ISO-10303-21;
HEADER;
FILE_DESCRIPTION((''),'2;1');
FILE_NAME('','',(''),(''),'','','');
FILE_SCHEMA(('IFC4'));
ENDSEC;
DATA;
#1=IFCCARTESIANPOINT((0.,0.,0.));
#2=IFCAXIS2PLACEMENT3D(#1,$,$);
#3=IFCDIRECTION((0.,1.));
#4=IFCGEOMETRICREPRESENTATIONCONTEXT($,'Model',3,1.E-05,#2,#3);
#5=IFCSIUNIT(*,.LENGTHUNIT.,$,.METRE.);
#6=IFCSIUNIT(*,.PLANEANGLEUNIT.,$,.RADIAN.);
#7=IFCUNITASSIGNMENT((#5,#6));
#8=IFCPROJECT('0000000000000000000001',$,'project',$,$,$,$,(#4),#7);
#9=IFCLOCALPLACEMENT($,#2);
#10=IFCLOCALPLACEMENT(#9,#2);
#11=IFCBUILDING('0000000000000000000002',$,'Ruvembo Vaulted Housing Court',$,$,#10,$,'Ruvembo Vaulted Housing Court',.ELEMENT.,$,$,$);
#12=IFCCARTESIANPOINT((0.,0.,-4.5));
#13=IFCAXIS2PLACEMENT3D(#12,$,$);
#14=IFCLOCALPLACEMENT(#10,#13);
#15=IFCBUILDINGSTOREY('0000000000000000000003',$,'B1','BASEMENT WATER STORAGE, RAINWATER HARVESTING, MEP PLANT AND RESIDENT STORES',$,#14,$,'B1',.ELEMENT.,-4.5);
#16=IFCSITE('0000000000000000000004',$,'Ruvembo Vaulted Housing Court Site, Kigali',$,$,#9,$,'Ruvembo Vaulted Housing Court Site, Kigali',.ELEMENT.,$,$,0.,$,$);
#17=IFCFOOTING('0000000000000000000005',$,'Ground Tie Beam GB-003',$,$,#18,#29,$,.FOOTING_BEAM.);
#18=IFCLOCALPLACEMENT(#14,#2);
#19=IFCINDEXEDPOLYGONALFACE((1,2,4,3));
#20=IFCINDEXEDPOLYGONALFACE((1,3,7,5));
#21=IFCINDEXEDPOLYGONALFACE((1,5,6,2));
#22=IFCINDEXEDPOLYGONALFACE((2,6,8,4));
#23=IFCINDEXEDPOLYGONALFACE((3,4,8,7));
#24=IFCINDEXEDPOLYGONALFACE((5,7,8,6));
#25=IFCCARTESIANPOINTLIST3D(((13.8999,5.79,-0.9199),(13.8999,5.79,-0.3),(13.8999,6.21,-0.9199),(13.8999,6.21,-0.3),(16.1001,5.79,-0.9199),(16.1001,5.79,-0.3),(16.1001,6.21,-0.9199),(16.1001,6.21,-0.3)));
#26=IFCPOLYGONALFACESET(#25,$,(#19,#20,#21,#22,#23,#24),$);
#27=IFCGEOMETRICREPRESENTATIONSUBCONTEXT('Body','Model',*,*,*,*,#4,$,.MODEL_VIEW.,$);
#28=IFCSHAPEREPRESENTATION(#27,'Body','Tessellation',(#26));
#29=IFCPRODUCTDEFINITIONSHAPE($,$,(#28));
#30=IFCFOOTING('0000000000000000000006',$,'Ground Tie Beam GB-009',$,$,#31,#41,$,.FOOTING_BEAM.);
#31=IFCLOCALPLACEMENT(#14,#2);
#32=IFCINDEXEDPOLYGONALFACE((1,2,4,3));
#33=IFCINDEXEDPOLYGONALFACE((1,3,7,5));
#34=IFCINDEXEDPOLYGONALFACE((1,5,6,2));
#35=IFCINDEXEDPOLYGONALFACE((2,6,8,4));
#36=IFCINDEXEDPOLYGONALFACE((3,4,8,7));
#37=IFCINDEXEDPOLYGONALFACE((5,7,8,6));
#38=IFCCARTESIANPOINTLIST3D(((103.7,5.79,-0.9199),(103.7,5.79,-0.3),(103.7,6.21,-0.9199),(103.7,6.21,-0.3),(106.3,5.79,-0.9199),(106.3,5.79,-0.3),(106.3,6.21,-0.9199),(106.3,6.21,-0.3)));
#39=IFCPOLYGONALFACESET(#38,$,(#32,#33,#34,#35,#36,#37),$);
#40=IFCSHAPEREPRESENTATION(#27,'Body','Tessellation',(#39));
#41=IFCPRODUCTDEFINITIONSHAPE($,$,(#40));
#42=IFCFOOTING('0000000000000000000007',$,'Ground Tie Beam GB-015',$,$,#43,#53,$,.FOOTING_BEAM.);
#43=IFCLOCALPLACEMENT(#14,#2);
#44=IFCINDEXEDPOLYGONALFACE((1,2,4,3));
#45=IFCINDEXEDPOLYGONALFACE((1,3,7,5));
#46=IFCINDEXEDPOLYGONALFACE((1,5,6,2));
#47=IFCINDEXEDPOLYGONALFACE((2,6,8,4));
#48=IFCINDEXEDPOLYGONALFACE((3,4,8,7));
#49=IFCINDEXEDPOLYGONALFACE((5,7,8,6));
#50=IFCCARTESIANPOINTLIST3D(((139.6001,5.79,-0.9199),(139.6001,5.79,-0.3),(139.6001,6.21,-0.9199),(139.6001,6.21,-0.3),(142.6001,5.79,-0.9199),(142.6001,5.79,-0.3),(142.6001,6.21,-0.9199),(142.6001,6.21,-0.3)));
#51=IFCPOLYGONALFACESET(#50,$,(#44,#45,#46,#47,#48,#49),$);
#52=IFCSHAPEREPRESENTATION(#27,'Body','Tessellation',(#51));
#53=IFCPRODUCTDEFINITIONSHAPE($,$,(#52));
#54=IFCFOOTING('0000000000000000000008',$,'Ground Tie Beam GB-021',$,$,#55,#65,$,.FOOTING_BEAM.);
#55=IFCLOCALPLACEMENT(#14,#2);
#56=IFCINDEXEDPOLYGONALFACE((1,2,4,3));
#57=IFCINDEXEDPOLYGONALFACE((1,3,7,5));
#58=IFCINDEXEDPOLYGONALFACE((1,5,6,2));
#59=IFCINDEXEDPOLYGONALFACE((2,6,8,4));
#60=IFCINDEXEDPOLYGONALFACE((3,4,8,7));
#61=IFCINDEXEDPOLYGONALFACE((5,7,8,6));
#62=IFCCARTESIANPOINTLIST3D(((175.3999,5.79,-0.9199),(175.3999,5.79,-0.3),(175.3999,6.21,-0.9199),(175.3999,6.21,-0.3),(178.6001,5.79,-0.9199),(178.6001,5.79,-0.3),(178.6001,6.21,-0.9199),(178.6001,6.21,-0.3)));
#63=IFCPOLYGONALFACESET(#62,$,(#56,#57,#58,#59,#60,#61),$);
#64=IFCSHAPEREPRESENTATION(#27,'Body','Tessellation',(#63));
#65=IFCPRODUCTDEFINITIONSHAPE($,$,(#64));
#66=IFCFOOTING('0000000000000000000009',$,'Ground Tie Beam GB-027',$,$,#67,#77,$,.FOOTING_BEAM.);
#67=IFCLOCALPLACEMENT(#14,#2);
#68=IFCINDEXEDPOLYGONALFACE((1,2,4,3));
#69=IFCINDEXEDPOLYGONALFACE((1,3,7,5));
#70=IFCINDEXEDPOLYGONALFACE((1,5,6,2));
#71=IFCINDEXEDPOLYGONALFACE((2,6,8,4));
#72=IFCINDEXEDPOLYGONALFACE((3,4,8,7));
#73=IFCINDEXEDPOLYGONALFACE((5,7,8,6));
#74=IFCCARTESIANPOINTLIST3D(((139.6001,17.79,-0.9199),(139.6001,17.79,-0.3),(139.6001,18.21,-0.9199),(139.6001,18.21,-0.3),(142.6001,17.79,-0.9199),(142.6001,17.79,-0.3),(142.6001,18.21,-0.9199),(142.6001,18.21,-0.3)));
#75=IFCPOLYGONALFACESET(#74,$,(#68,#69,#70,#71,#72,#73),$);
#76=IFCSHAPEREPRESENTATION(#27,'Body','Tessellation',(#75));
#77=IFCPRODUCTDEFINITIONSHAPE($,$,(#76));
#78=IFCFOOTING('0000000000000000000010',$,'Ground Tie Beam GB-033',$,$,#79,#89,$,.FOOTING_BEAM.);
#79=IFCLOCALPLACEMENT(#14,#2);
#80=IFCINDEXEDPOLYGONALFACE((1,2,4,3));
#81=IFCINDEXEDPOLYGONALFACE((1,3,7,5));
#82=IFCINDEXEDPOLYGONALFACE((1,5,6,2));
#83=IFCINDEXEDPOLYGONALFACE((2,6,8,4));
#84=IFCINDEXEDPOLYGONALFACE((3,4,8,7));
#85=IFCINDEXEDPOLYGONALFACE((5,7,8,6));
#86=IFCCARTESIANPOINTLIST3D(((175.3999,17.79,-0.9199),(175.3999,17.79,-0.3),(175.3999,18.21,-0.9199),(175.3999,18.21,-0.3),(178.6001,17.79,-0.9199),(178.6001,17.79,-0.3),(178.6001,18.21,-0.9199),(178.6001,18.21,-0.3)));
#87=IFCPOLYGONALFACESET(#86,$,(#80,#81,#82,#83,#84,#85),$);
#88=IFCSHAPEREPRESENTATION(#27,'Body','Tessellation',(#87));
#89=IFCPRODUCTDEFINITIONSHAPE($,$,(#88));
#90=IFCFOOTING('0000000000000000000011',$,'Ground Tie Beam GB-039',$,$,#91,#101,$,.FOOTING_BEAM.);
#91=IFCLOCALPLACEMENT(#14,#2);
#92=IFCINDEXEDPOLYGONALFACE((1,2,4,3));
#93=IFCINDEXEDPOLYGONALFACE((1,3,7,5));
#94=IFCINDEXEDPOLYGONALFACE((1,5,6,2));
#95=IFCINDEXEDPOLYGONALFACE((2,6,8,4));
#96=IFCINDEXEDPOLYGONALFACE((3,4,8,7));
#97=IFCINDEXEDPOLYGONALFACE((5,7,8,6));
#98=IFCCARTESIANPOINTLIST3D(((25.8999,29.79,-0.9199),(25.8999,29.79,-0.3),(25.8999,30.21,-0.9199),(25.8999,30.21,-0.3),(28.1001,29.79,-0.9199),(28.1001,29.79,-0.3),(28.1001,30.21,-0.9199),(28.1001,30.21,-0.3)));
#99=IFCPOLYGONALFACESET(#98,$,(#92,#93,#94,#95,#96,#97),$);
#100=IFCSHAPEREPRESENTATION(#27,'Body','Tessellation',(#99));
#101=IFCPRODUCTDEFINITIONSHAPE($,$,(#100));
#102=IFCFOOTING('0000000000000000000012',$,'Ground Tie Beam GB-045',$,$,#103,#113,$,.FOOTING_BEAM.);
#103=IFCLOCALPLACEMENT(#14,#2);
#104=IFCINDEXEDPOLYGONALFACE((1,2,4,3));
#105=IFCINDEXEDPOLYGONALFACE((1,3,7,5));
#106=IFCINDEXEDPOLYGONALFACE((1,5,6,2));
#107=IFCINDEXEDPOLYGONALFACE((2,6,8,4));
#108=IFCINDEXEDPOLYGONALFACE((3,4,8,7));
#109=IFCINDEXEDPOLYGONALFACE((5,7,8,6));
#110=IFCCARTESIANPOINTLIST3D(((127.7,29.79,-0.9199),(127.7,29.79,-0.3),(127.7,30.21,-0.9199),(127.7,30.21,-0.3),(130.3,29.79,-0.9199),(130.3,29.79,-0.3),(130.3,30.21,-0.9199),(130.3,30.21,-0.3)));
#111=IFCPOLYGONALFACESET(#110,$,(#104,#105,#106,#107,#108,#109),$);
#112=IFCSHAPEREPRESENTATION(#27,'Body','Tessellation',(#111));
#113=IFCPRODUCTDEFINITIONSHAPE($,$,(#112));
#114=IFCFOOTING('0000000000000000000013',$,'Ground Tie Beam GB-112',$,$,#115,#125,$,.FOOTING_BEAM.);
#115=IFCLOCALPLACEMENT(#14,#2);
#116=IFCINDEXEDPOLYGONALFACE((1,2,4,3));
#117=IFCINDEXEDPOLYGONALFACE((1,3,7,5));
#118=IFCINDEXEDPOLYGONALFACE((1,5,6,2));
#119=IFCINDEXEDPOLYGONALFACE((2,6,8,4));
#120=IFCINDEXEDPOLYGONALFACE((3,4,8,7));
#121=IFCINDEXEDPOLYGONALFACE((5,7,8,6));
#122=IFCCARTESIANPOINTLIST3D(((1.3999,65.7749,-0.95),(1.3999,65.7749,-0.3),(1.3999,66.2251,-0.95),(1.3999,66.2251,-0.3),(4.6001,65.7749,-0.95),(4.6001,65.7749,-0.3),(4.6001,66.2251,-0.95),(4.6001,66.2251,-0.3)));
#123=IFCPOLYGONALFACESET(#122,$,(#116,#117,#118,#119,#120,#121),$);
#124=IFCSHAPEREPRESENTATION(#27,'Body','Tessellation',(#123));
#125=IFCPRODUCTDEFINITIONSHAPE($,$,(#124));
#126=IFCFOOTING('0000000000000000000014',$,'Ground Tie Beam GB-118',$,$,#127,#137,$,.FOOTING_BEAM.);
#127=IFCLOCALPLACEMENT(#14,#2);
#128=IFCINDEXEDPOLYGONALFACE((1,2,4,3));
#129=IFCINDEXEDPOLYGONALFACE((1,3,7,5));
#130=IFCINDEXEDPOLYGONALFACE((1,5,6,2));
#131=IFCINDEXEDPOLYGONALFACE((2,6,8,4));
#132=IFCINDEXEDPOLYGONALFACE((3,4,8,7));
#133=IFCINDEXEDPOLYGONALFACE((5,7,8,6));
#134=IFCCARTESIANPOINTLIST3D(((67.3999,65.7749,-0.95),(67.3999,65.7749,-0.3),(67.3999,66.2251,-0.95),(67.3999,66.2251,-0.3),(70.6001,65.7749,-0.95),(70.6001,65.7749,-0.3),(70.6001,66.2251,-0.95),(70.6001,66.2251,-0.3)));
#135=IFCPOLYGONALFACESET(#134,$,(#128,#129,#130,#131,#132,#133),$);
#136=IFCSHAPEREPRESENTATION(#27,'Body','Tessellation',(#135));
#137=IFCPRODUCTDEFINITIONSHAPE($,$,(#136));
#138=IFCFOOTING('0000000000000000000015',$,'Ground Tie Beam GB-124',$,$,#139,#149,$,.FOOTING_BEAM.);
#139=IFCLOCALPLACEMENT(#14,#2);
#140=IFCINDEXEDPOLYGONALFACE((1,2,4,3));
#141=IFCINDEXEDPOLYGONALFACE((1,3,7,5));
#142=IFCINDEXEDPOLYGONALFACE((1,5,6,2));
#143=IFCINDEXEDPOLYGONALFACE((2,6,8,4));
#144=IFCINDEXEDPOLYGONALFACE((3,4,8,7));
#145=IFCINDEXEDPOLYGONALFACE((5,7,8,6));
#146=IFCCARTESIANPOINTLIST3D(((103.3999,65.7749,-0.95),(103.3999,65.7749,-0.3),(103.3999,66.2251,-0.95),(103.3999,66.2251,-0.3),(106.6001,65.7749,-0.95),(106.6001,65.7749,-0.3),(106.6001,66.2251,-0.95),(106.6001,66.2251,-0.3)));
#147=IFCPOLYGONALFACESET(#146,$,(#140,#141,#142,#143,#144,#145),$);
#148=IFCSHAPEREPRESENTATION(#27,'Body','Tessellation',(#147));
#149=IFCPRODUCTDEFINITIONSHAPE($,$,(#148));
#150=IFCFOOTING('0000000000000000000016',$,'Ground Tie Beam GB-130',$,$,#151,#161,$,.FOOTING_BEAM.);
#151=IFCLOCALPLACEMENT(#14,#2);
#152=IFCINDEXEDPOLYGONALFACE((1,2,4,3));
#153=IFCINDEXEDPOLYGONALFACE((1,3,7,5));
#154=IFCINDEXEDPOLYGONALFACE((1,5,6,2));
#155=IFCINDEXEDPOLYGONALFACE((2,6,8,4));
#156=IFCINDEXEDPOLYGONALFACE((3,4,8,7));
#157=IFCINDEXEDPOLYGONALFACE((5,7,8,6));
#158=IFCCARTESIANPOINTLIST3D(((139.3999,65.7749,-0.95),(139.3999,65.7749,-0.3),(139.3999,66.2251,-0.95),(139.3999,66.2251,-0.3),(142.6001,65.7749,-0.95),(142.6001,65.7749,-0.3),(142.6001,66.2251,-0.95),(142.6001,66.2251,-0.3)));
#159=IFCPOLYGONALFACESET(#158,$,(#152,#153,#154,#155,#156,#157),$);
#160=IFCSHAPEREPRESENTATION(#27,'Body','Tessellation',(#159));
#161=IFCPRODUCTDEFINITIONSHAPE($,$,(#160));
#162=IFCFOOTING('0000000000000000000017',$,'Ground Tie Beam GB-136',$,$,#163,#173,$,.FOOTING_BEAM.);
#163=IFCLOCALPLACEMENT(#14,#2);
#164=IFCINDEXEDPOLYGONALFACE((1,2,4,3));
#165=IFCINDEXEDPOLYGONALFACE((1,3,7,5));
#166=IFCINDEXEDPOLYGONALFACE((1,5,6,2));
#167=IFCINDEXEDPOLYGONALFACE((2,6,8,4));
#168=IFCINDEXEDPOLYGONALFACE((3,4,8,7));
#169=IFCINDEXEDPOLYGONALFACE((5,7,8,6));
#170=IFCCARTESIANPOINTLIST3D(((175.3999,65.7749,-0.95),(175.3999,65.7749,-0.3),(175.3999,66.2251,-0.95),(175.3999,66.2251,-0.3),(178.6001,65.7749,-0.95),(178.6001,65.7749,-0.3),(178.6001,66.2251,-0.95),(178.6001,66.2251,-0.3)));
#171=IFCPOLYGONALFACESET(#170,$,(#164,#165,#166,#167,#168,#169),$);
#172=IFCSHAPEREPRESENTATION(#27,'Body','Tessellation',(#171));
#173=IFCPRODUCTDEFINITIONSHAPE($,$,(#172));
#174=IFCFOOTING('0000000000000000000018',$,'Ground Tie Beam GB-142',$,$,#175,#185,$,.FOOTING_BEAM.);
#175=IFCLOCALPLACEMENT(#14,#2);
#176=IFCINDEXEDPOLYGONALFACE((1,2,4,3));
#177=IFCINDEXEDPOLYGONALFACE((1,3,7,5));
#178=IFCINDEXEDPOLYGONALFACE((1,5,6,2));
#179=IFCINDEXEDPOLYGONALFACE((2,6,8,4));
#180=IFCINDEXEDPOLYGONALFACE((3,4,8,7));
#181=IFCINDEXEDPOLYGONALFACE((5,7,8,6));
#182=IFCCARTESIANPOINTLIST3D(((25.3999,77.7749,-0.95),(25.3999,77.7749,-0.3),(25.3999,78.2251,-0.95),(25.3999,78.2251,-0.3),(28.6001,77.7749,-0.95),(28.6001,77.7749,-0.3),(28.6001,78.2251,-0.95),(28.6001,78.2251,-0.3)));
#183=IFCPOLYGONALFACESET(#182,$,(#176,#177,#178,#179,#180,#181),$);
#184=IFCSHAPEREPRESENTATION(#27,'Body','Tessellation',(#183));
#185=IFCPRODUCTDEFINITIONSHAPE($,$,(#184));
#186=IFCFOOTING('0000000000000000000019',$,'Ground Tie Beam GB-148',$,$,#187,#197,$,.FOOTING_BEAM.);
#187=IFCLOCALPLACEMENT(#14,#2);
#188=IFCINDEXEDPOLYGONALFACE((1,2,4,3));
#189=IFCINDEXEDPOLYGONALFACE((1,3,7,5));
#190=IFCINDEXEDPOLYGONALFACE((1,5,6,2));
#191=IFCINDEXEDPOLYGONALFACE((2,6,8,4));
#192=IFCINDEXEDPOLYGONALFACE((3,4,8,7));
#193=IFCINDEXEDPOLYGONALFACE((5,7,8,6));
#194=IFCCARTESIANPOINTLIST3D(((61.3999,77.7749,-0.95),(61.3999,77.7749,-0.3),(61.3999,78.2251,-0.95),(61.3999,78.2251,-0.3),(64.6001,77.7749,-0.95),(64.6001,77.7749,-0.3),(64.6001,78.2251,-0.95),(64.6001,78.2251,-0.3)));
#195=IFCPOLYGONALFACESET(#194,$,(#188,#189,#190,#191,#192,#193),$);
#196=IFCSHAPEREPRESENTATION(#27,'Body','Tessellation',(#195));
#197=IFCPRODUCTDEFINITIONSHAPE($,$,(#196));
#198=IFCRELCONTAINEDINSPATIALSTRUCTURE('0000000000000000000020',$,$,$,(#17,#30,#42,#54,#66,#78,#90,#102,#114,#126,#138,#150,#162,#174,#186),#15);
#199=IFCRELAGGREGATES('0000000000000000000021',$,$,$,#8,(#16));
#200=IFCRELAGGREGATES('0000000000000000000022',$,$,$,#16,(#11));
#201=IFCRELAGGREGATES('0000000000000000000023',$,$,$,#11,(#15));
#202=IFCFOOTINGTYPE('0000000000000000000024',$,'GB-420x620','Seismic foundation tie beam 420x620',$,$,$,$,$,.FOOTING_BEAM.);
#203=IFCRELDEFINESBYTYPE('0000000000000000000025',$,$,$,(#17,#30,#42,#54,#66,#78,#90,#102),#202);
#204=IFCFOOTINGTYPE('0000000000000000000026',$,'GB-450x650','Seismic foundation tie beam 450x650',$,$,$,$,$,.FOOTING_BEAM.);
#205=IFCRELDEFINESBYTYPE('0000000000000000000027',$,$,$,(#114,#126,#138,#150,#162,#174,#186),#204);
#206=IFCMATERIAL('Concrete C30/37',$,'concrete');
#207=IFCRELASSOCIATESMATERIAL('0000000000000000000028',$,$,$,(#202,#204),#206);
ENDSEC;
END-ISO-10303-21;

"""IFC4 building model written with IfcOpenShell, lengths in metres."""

from ifc_helpers import new_model, si_unit, direction, frame, origin, place, context, subcontext, project, spatial, polyline, outline, extrude, material, type_object, element, save


model = new_model("IFC4")

# Units and contexts
model_context = context("Model", 3, precision=1e-05, world=origin(), true_north=direction((0.0, 1.0)))
body_context = subcontext(model_context, "Body", "Model", "MODEL_VIEW")
ifc_project = project(units=[si_unit("LENGTHUNIT", "METRE"), si_unit("PLANEANGLEUNIT", "RADIAN")], contexts=[model_context])

# Site, building, storey
site_placement = place(None, origin())
site = spatial("IfcSite", under=ifc_project, at=site_placement, Name="Ruvembo Vaulted Housing Court Site, Kigali", LongName="Ruvembo Vaulted Housing Court Site, Kigali", CompositionType="ELEMENT", RefElevation=0.0)
building_placement = place(site_placement, origin())
building = spatial("IfcBuilding", under=site, at=building_placement, Name="Ruvembo Vaulted Housing Court", LongName="Ruvembo Vaulted Housing Court", CompositionType="ELEMENT")
storey_placement = place(building_placement, frame((0.0, 0.0, -4.5)))
storey = spatial("IfcBuildingStorey", under=building, at=storey_placement, Name="B1", Description="BASEMENT WATER STORAGE, RAINWATER HARVESTING, MEP PLANT AND RESIDENT STORES", LongName="B1", CompositionType="ELEMENT", Elevation=-4.5)

# Footings
ifc_material = material(Name="Concrete C30/37", Category="concrete")
footing_type_1 = type_object("IfcFootingType", Name="GB-420x620", Description="Seismic foundation tie beam 420x620", PredefinedType="FOOTING_BEAM", material=ifc_material)
footing_1_placement = place(storey_placement, frame((0.0, 0.0, -0.9199)))
element("IfcFooting", 1, at=footing_1_placement, inside=storey, type_object=footing_type_1, Name="Ground Tie Beam GB-003", PredefinedType="FOOTING_BEAM", context=body_context, shape_type="SweptSolid", body=[
    extrude(outline(polyline([(13.8999, 5.79), (16.1001, 5.79), (16.1001, 6.21), (13.8999, 6.21), (13.8999, 5.79)])), origin(), (0.0, 0.0, 1.0), 0.6199),
])
footing_2_placement = place(storey_placement, frame((0.0, 0.0, -0.9199)))
element("IfcFooting", 2, at=footing_2_placement, inside=storey, type_object=footing_type_1, Name="Ground Tie Beam GB-009", PredefinedType="FOOTING_BEAM", context=body_context, shape_type="SweptSolid", body=[
    extrude(outline(polyline([(103.7, 5.79), (106.3, 5.79), (106.3, 6.21), (103.7, 6.21), (103.7, 5.79)])), origin(), (0.0, 0.0, 1.0), 0.6199),
])
footing_3_placement = place(storey_placement, frame((0.0, 0.0, -0.9199)))
element("IfcFooting", 3, at=footing_3_placement, inside=storey, type_object=footing_type_1, Name="Ground Tie Beam GB-015", PredefinedType="FOOTING_BEAM", context=body_context, shape_type="SweptSolid", body=[
    extrude(outline(polyline([(139.6001, 5.79), (142.6001, 5.79), (142.6001, 6.21), (139.6001, 6.21), (139.6001, 5.79)])), origin(), (0.0, 0.0, 1.0), 0.6199),
])
footing_4_placement = place(storey_placement, frame((0.0, 0.0, -0.9199)))
element("IfcFooting", 4, at=footing_4_placement, inside=storey, type_object=footing_type_1, Name="Ground Tie Beam GB-021", PredefinedType="FOOTING_BEAM", context=body_context, shape_type="SweptSolid", body=[
    extrude(outline(polyline([(175.3999, 5.79), (178.6001, 5.79), (178.6001, 6.21), (175.3999, 6.21), (175.3999, 5.79)])), origin(), (0.0, 0.0, 1.0), 0.6199),
])
footing_5_placement = place(storey_placement, frame((0.0, 0.0, -0.9199)))
element("IfcFooting", 5, at=footing_5_placement, inside=storey, type_object=footing_type_1, Name="Ground Tie Beam GB-027", PredefinedType="FOOTING_BEAM", context=body_context, shape_type="SweptSolid", body=[
    extrude(outline(polyline([(139.6001, 17.79), (142.6001, 17.79), (142.6001, 18.21), (139.6001, 18.21), (139.6001, 17.79)])), origin(), (0.0, 0.0, 1.0), 0.6199),
])
footing_6_placement = place(storey_placement, frame((0.0, 0.0, -0.9199)))
element("IfcFooting", 6, at=footing_6_placement, inside=storey, type_object=footing_type_1, Name="Ground Tie Beam GB-033", PredefinedType="FOOTING_BEAM", context=body_context, shape_type="SweptSolid", body=[
    extrude(outline(polyline([(175.3999, 17.79), (178.6001, 17.79), (178.6001, 18.21), (175.3999, 18.21), (175.3999, 17.79)])), origin(), (0.0, 0.0, 1.0), 0.6199),
])
footing_7_placement = place(storey_placement, frame((0.0, 0.0, -0.9199)))
element("IfcFooting", 7, at=footing_7_placement, inside=storey, type_object=footing_type_1, Name="Ground Tie Beam GB-039", PredefinedType="FOOTING_BEAM", context=body_context, shape_type="SweptSolid", body=[
    extrude(outline(polyline([(25.8999, 29.79), (28.1001, 29.79), (28.1001, 30.21), (25.8999, 30.21), (25.8999, 29.79)])), origin(), (0.0, 0.0, 1.0), 0.6199),
])
footing_8_placement = place(storey_placement, frame((0.0, 0.0, -0.9199)))
element("IfcFooting", 8, at=footing_8_placement, inside=storey, type_object=footing_type_1, Name="Ground Tie Beam GB-045", PredefinedType="FOOTING_BEAM", context=body_context, shape_type="SweptSolid", body=[
    extrude(outline(polyline([(127.7, 29.79), (130.3, 29.79), (130.3, 30.21), (127.7, 30.21), (127.7, 29.79)])), origin(), (0.0, 0.0, 1.0), 0.6199),
])
footing_type_2 = type_object("IfcFootingType", Name="GB-450x650", Description="Seismic foundation tie beam 450x650", PredefinedType="FOOTING_BEAM", material=ifc_material)
footing_9_placement = place(storey_placement, frame((0.0, 0.0, -0.95)))
element("IfcFooting", 9, at=footing_9_placement, inside=storey, type_object=footing_type_2, Name="Ground Tie Beam GB-112", PredefinedType="FOOTING_BEAM", context=body_context, shape_type="SweptSolid", body=[
    extrude(outline(polyline([(1.3999, 65.7749), (4.6001, 65.7749), (4.6001, 66.2251), (1.3999, 66.2251), (1.3999, 65.7749)])), origin(), (0.0, 0.0, 1.0), 0.6499),
])
footing_10_placement = place(storey_placement, frame((0.0, 0.0, -0.95)))
element("IfcFooting", 10, at=footing_10_placement, inside=storey, type_object=footing_type_2, Name="Ground Tie Beam GB-118", PredefinedType="FOOTING_BEAM", context=body_context, shape_type="SweptSolid", body=[
    extrude(outline(polyline([(67.3999, 65.7749), (70.6001, 65.7749), (70.6001, 66.2251), (67.3999, 66.2251), (67.3999, 65.7749)])), origin(), (0.0, 0.0, 1.0), 0.6499),
])
footing_11_placement = place(storey_placement, frame((0.0, 0.0, -0.95)))
element("IfcFooting", 11, at=footing_11_placement, inside=storey, type_object=footing_type_2, Name="Ground Tie Beam GB-124", PredefinedType="FOOTING_BEAM", context=body_context, shape_type="SweptSolid", body=[
    extrude(outline(polyline([(103.3999, 65.7749), (106.6001, 65.7749), (106.6001, 66.2251), (103.3999, 66.2251), (103.3999, 65.7749)])), origin(), (0.0, 0.0, 1.0), 0.6499),
])
footing_12_placement = place(storey_placement, frame((0.0, 0.0, -0.95)))
element("IfcFooting", 12, at=footing_12_placement, inside=storey, type_object=footing_type_2, Name="Ground Tie Beam GB-130", PredefinedType="FOOTING_BEAM", context=body_context, shape_type="SweptSolid", body=[
    extrude(outline(polyline([(139.3999, 65.7749), (142.6001, 65.7749), (142.6001, 66.2251), (139.3999, 66.2251), (139.3999, 65.7749)])), origin(), (0.0, 0.0, 1.0), 0.6499),
])
footing_13_placement = place(storey_placement, frame((0.0, 0.0, -0.95)))
element("IfcFooting", 13, at=footing_13_placement, inside=storey, type_object=footing_type_2, Name="Ground Tie Beam GB-136", PredefinedType="FOOTING_BEAM", context=body_context, shape_type="SweptSolid", body=[
    extrude(outline(polyline([(175.3999, 65.7749), (178.6001, 65.7749), (178.6001, 66.2251), (175.3999, 66.2251), (175.3999, 65.7749)])), origin(), (0.0, 0.0, 1.0), 0.6499),
])
footing_14_placement = place(storey_placement, frame((0.0, 0.0, -0.95)))
element("IfcFooting", 14, at=footing_14_placement, inside=storey, type_object=footing_type_2, Name="Ground Tie Beam GB-142", PredefinedType="FOOTING_BEAM", context=body_context, shape_type="SweptSolid", body=[
    extrude(outline(polyline([(25.3999, 77.7749), (28.6001, 77.7749), (28.6001, 78.2251), (25.3999, 78.2251), (25.3999, 77.7749)])), origin(), (0.0, 0.0, 1.0), 0.6499),
])
footing_15_placement = place(storey_placement, frame((0.0, 0.0, -0.95)))
element("IfcFooting", 15, at=footing_15_placement, inside=storey, type_object=footing_type_2, Name="Ground Tie Beam GB-148", PredefinedType="FOOTING_BEAM", context=body_context, shape_type="SweptSolid", body=[
    extrude(outline(polyline([(61.3999, 77.7749), (64.6001, 77.7749), (64.6001, 78.2251), (61.3999, 78.2251), (61.3999, 77.7749)])), origin(), (0.0, 0.0, 1.0), 0.6499),
])

save(model, "model.ifc")
